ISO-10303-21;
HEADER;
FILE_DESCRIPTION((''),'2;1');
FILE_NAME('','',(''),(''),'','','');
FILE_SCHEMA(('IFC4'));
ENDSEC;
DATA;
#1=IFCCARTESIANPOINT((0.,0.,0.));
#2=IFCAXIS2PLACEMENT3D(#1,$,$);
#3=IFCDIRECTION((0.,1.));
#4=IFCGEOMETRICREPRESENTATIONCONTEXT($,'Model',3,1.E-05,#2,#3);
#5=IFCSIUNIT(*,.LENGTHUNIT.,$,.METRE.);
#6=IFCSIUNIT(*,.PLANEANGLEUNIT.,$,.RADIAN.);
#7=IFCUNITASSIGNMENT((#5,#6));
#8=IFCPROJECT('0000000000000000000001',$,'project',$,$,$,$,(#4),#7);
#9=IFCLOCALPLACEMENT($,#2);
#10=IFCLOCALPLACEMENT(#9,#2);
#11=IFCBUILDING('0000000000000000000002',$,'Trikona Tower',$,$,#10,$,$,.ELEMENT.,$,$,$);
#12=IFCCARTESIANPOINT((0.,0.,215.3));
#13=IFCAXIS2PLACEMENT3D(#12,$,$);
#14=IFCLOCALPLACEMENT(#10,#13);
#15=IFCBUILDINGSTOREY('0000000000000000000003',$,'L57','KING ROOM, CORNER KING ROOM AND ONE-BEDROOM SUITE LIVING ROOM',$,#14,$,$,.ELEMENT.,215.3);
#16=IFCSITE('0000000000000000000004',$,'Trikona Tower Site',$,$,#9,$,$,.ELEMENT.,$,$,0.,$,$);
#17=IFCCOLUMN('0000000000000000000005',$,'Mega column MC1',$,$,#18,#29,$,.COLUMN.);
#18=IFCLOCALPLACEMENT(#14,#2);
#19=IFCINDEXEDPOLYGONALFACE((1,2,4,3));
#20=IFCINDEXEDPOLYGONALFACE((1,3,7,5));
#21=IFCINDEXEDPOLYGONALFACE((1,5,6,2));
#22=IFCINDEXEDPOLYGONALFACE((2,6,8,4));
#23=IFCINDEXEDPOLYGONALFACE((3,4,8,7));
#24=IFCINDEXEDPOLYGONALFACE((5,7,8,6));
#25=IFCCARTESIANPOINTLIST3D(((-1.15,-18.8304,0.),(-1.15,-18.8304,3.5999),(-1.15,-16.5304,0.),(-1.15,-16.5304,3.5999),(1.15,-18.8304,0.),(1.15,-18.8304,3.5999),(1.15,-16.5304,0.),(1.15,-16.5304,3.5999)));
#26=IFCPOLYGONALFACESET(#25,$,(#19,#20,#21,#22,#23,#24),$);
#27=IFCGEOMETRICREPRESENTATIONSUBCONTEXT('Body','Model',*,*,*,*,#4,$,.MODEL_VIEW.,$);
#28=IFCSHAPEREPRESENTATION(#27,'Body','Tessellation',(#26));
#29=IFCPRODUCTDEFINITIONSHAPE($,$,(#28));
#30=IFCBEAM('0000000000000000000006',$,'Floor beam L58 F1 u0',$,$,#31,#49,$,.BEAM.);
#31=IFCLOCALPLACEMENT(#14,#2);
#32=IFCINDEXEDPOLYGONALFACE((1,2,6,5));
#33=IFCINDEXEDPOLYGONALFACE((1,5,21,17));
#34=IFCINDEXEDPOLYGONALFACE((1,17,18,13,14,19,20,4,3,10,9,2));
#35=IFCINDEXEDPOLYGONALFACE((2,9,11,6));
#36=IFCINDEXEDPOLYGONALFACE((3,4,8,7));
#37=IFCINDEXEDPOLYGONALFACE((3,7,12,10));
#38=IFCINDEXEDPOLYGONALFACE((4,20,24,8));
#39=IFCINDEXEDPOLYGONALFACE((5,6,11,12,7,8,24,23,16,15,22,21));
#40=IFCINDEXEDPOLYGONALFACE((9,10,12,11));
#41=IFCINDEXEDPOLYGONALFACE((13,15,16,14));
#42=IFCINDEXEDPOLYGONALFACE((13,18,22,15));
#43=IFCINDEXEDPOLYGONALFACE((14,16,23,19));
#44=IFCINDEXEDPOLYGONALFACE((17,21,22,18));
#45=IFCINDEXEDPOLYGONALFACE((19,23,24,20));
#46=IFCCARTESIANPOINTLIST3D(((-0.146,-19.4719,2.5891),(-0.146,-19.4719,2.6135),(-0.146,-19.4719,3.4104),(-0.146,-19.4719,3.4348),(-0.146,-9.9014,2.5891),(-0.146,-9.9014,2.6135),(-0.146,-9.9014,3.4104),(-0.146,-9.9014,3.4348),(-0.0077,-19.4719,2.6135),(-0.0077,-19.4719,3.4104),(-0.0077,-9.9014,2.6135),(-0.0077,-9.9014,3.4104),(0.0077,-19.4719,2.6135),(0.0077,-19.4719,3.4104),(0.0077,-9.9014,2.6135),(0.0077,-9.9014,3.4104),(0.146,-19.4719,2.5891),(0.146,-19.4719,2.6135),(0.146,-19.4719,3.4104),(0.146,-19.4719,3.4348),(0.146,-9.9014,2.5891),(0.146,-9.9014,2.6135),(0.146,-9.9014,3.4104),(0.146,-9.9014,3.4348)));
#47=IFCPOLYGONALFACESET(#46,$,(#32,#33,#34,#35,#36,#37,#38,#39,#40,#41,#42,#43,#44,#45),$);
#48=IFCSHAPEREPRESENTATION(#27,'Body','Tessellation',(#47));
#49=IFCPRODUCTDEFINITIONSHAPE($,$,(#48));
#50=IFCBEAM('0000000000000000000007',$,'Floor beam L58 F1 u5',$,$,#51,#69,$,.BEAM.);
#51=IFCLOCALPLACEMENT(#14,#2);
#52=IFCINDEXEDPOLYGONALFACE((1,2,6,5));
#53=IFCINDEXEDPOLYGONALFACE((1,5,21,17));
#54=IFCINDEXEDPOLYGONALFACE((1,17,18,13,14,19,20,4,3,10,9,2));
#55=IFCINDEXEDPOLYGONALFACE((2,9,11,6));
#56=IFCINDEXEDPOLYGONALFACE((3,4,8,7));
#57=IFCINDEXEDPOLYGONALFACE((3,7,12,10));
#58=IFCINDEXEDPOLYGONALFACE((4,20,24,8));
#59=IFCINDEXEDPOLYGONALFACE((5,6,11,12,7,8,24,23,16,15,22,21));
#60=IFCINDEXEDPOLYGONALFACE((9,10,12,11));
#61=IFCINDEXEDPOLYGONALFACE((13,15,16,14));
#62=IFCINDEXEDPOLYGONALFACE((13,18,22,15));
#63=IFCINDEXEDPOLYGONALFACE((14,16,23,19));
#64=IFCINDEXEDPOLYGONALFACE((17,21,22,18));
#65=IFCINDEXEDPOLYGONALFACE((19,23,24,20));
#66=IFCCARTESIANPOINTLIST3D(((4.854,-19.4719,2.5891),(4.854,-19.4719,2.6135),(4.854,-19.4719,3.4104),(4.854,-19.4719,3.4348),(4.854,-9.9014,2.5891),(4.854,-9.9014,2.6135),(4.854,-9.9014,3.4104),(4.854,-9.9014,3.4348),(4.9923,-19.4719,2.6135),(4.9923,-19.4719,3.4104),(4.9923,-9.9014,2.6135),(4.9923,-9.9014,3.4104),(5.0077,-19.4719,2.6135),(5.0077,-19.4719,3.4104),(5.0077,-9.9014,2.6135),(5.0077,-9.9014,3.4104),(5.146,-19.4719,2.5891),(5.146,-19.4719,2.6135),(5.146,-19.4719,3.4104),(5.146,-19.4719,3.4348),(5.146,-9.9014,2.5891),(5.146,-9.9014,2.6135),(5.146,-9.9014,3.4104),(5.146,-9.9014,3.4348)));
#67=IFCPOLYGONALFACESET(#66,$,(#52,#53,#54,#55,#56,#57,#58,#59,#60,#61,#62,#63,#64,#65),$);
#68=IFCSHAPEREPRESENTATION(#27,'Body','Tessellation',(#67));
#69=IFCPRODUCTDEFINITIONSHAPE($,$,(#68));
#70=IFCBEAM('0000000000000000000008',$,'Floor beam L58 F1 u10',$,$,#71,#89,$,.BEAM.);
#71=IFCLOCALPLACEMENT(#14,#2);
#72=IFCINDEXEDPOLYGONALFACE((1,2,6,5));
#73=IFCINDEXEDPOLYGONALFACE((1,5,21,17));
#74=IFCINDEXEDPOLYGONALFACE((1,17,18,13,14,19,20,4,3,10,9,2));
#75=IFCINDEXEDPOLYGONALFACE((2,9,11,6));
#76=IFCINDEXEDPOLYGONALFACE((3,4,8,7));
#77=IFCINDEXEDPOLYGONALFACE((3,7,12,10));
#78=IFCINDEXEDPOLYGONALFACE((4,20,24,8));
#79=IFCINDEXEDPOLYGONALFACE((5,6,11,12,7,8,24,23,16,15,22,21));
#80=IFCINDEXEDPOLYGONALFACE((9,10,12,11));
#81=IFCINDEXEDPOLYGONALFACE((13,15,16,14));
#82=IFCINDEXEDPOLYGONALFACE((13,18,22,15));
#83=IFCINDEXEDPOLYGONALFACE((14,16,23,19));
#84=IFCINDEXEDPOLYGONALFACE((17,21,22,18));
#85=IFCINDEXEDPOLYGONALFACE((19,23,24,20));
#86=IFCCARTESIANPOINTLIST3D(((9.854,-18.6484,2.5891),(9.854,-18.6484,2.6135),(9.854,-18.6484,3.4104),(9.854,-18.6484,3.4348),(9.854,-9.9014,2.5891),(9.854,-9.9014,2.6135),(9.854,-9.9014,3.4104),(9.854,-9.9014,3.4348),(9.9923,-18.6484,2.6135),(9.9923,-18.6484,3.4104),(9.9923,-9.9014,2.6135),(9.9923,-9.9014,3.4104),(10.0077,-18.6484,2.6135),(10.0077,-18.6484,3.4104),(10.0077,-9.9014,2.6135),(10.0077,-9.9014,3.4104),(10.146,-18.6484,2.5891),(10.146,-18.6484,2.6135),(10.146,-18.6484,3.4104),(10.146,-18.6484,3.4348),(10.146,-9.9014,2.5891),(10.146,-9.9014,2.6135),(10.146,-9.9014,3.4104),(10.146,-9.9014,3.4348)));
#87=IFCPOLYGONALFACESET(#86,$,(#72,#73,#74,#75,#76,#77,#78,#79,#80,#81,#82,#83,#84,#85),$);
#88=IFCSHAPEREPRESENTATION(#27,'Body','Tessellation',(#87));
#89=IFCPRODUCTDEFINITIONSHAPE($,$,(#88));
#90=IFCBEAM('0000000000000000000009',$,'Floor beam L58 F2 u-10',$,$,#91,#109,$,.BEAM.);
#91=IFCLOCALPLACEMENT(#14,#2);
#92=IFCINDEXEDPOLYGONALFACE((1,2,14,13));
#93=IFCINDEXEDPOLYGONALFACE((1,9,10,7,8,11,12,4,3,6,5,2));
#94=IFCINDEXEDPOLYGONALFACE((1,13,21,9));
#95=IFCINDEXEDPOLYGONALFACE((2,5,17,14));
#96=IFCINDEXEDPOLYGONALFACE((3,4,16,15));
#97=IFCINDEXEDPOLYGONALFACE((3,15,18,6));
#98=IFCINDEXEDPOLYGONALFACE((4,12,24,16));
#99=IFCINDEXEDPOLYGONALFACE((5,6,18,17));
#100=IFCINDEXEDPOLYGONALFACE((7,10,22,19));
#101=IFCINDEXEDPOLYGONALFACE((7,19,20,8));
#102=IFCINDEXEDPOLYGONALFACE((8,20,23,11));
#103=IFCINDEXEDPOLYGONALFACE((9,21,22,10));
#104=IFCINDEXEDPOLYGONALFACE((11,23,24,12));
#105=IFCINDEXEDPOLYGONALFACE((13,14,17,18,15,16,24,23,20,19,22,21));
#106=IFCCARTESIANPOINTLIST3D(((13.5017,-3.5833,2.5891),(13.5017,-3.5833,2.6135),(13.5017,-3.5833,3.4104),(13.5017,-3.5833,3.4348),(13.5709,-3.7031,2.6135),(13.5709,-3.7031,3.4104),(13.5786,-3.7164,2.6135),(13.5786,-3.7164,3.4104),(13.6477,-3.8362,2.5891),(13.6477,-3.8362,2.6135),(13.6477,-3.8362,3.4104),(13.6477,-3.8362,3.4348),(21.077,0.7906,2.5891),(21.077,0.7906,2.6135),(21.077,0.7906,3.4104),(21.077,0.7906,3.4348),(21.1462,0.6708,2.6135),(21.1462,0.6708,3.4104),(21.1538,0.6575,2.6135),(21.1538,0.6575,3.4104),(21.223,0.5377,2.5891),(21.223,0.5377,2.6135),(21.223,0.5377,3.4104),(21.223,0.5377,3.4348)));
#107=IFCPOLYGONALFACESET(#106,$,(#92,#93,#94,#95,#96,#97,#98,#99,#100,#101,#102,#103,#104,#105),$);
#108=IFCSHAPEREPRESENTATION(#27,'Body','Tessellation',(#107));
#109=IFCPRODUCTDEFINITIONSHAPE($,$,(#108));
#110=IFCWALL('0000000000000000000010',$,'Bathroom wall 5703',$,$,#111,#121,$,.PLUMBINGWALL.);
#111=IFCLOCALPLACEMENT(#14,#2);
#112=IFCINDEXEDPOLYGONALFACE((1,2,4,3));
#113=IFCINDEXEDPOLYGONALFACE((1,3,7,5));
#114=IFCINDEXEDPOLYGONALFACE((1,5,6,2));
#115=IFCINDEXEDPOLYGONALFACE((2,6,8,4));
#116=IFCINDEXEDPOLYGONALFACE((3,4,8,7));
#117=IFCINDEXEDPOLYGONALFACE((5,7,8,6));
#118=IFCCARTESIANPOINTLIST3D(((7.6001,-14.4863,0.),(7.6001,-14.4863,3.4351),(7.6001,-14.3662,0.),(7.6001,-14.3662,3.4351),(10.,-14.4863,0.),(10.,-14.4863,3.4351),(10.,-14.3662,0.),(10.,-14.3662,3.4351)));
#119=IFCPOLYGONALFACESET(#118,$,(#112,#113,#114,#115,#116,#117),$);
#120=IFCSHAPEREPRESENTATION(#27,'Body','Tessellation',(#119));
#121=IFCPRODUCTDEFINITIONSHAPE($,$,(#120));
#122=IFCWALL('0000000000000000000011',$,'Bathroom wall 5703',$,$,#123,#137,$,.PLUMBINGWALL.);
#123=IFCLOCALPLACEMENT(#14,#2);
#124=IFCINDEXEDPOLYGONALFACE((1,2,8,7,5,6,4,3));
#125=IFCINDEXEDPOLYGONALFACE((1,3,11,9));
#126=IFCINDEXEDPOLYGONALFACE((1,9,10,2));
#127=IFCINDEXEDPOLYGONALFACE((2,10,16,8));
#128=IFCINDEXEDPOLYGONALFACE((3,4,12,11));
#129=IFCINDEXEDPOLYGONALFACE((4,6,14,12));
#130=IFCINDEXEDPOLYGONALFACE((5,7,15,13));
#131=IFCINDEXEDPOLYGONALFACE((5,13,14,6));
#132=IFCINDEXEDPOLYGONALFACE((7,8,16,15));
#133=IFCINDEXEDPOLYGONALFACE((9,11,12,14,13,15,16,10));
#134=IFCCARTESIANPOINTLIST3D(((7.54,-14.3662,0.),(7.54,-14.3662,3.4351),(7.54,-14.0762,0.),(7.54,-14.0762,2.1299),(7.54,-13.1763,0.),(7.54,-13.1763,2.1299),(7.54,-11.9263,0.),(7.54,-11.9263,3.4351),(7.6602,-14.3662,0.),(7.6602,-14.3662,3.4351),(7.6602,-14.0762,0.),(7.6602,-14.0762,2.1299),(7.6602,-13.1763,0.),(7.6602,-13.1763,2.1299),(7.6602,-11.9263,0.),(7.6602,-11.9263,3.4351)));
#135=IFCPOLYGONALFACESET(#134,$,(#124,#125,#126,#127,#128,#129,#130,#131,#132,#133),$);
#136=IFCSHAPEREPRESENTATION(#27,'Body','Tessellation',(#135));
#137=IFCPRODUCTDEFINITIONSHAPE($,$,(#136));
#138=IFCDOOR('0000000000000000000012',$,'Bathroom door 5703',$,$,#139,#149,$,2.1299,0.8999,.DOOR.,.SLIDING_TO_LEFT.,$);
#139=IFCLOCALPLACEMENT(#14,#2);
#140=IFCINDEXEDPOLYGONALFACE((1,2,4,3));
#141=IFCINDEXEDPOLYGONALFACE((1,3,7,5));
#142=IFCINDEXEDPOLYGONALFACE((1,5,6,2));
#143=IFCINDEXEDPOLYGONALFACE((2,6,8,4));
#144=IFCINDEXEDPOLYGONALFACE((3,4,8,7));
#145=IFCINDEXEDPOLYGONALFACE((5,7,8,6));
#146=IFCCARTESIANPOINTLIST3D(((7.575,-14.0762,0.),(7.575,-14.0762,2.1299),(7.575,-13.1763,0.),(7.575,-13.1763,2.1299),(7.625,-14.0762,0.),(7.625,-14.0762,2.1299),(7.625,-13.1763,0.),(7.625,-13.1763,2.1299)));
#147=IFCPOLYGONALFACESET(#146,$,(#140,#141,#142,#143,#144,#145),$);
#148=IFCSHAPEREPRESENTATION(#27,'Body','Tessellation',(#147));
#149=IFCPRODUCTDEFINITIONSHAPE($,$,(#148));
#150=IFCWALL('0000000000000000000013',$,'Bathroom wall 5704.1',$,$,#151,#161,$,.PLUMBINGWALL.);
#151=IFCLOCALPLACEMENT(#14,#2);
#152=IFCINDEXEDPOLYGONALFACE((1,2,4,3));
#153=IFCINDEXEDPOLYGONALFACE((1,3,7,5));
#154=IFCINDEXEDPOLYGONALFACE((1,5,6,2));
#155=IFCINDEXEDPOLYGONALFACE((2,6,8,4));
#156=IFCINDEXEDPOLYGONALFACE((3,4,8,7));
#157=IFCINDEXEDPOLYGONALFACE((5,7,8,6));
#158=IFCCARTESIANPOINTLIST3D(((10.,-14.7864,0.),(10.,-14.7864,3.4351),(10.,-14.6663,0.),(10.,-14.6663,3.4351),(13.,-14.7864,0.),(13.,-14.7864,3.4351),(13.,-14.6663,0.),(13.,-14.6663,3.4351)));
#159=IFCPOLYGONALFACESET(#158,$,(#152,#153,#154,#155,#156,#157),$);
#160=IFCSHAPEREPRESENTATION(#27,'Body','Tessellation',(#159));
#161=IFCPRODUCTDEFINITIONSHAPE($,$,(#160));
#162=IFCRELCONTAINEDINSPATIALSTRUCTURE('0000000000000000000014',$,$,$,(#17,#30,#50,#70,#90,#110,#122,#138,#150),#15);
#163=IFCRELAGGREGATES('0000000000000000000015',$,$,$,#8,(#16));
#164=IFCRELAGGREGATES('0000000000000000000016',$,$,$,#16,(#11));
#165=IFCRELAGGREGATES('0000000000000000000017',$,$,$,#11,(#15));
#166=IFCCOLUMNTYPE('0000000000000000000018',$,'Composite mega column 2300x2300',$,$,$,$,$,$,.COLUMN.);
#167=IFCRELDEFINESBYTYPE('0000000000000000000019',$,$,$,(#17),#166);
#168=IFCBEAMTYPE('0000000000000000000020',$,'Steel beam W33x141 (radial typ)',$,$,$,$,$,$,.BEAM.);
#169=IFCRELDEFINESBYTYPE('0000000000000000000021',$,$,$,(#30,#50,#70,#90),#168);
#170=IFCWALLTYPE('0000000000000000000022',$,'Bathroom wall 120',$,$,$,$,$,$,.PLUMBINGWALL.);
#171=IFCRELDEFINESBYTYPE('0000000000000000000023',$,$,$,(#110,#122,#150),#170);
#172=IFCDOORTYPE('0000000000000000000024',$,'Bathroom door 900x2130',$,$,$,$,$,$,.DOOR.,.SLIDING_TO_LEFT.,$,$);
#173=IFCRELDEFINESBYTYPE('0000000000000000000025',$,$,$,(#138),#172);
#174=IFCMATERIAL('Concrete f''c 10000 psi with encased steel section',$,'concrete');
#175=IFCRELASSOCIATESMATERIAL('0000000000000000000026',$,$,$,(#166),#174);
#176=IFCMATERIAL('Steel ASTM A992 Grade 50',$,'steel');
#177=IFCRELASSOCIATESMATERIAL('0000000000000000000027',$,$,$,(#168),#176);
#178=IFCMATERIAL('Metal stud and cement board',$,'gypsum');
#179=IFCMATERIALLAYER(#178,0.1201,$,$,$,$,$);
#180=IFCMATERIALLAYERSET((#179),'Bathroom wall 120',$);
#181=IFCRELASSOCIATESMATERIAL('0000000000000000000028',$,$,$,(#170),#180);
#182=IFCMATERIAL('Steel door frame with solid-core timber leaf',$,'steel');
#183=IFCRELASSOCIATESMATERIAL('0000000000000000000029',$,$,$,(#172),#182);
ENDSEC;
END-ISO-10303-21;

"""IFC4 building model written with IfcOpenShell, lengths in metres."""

from ifc_helpers import new_model, si_unit, direction, frame, frame_2d, origin, origin_2d, place, context, subcontext, project, spatial, rectangle, i_section, extrude, material, layer, layer_set, material_profile, profile_set, type_object, element, fill, save


model = new_model("IFC4")

# Units and contexts
model_context = context("Model", 3, precision=1e-05, world=origin(), true_north=direction((0.0, 1.0)))
body_context = subcontext(model_context, "Body", "Model", "MODEL_VIEW")
ifc_project = project(units=[si_unit("LENGTHUNIT", "METRE"), si_unit("PLANEANGLEUNIT", "RADIAN")], contexts=[model_context])

# Site, building, storey
site_placement = place(None, origin())
site = spatial("IfcSite", under=ifc_project, at=site_placement, Name="Trikona Tower Site", CompositionType="ELEMENT", RefElevation=0.0)
building_placement = place(site_placement, origin())
building = spatial("IfcBuilding", under=site, at=building_placement, Name="Trikona Tower", CompositionType="ELEMENT")
storey_placement = place(building_placement, frame((0.0, 0.0, 215.3)))
storey = spatial("IfcBuildingStorey", under=building, at=storey_placement, Name="L57", Description="KING ROOM, CORNER KING ROOM AND ONE-BEDROOM SUITE LIVING ROOM", CompositionType="ELEMENT", Elevation=215.3)

# Column
ifc_material_1 = material(Name="Concrete f'c 10000 psi with encased steel section", Category="concrete")
ifc_material_profile_1 = material_profile(ifc_material_1, rectangle(XDim=2.3, YDim=2.3, at=origin_2d()), Name="MC2300")
ifc_profile_set_1 = profile_set([ifc_material_profile_1], Name="Concrete f'c 10000 psi with encased steel section")
column_type = type_object("IfcColumnType", Name="Composite mega column 2300x2300", PredefinedType="COLUMN", material=ifc_profile_set_1)
column_placement = place(storey_placement, frame((0.0, -17.6804, 0.0), z_axis=(0.0, 0.0, 1.0), x_axis=(0.0, -1.0, 0.0)))
element("IfcColumn", 1, at=column_placement, inside=storey, type_object=column_type, Name="Mega column MC1", PredefinedType="COLUMN", context=body_context, shape_type="SweptSolid", body=[
    extrude(rectangle(XDim=2.3, YDim=2.3, at=origin_2d()), origin(), (0.0, 0.0, 1.0), 3.5999),
])

# Beams
ifc_material_2 = material(Name="Steel ASTM A992 Grade 50", Category="steel")
ifc_material_profile_2 = material_profile(ifc_material_2, i_section(OverallWidth=0.292, OverallDepth=0.8457, WebThickness=0.0154, FlangeThickness=0.0244, at=origin_2d()), Name="W33X141")
ifc_profile_set_2 = profile_set([ifc_material_profile_2], Name="Steel ASTM A992 Grade 50")
beam_type = type_object("IfcBeamType", Name="Steel beam W33x141 (radial typ)", PredefinedType="BEAM", material=ifc_profile_set_2)
for number, where, z_axis, x_axis, name in (
    (2, (0.0, -9.9014, 3.012), (0.0, -1.0, 0.0), (1.0, 0.0, 0.0), "Floor beam L58 F1 u0"),
    (3, (5.0, -9.9014, 3.012), (0.0, -1.0, 0.0), (1.0, 0.0, 0.0), "Floor beam L58 F1 u5"),
):
    element("IfcBeam", number, at=place(storey_placement, frame(where, z_axis=z_axis, x_axis=x_axis)), inside=storey, type_object=beam_type, Name=name, PredefinedType="BEAM", context=body_context, shape_type="SweptSolid", body=[
        extrude(i_section(OverallWidth=0.292, OverallDepth=0.8457, WebThickness=0.0154, FlangeThickness=0.0244, at=origin_2d()), origin(), (0.0, 0.0, 1.0), 9.5706),
    ])
beam_1_placement = place(storey_placement, frame((10.0, -9.9014, 3.012), z_axis=(0.0, -1.0, 0.0), x_axis=(1.0, 0.0, 0.0)))
element("IfcBeam", 4, at=beam_1_placement, inside=storey, type_object=beam_type, Name="Floor beam L58 F1 u10", PredefinedType="BEAM", context=body_context, shape_type="SweptSolid", body=[
    extrude(i_section(OverallWidth=0.292, OverallDepth=0.8457, WebThickness=0.0154, FlangeThickness=0.0244, at=origin_2d()), origin(), (0.0, 0.0, 1.0), 8.7471),
])
beam_2_placement = place(storey_placement, frame((13.5747, -3.7097, 3.012), z_axis=(0.866014, 0.50002, 0.0), x_axis=(-0.50002, 0.866014, 0.0)))
element("IfcBeam", 5, at=beam_2_placement, inside=storey, type_object=beam_type, Name="Floor beam L58 F2 u-10", PredefinedType="BEAM", context=body_context, shape_type="SweptSolid", body=[
    extrude(i_section(OverallWidth=0.292, OverallDepth=0.8457, WebThickness=0.0154, FlangeThickness=0.0244, at=origin_2d()), origin(), (0.0, 0.0, 1.0), 8.7473),
])

# Wall
ifc_material_3 = material(Name="Metal stud and cement board", Category="gypsum")
ifc_layer_1 = layer(ifc_material_3, 0.1201)
ifc_layer_set_1 = layer_set([ifc_layer_1], Name="Bathroom wall 120")
wall_type_1 = type_object("IfcWallType", Name="Bathroom wall 120", PredefinedType="PLUMBINGWALL", material=ifc_layer_set_1)
wall_1_placement = place(storey_placement, frame((7.6001, -14.4263, 0.0), z_axis=(0.0, 0.0, 1.0), x_axis=(1.0, 0.0, 0.0)))
element("IfcWall", 6, at=wall_1_placement, inside=storey, type_object=wall_type_1, Name="Bathroom wall 5703", PredefinedType="PLUMBINGWALL", context=body_context, shape_type="SweptSolid", body=[
    extrude(rectangle(XDim=2.3999, YDim=0.1201, at=frame_2d((1.2, 0.0))), origin(), (0.0, 0.0, 1.0), 3.4351),
])

# Wall, opening, door
wall_2_placement = place(storey_placement, frame((7.6001, -11.9263, 0.0), z_axis=(0.0, 0.0, 1.0), x_axis=(0.0, -1.0, 0.0)))
wall_2 = element("IfcWall", 7, at=wall_2_placement, inside=storey, type_object=wall_type_1, Name="Bathroom wall 5703", PredefinedType="PLUMBINGWALL", context=body_context, shape_type="SweptSolid", body=[
    extrude(rectangle(XDim=2.4399, YDim=0.1201, at=frame_2d((1.22, 0.0))), origin(), (0.0, 0.0, 1.0), 3.4351),
])
opening_1_placement = place(wall_2_placement, frame((1.25, 0.0, 0.0)))
opening_1 = element("IfcOpeningElement", 8, at=opening_1_placement, cuts=wall_2, PredefinedType="OPENING", context=body_context, shape_type="SweptSolid", body=[
    extrude(rectangle(XDim=0.8999, YDim=2.1299, at=frame_2d((0.45, 1.0649))), frame((0.0, 0.0701, 0.0), z_axis=(0.0, -1.0, 0.0), x_axis=(1.0, 0.0, 0.0)), (0.0, 0.0, 1.0), 0.1401),
])
ifc_material_4 = material(Name="Steel door frame with solid-core timber leaf", Category="steel")
door_type_1 = type_object("IfcDoorType", Name="Bathroom door 900x2130", OperationType="SLIDING_TO_LEFT", PredefinedType="DOOR", material=ifc_material_4)
door_1_placement = place(opening_1_placement, origin())
door_1 = element("IfcDoor", 9, at=door_1_placement, inside=storey, type_object=door_type_1, Name="Bathroom door 5703", OperationType="SLIDING_TO_LEFT", OverallHeight=2.1299, OverallWidth=0.8999, PredefinedType="DOOR", context=body_context, shape_type="SweptSolid", body=[
    extrude(rectangle(XDim=0.8999, YDim=2.1299, at=frame_2d((0.45, 1.0649))), frame((0.0, 0.0249, 0.0), z_axis=(0.0, -1.0, 0.0), x_axis=(1.0, 0.0, 0.0)), (0.0, 0.0, 1.0), 0.05),
])
fill(opening_1, door_1)

# Wall
wall_3_placement = place(storey_placement, frame((10.0, -14.7263, 0.0), z_axis=(0.0, 0.0, 1.0), x_axis=(1.0, 0.0, 0.0)))
element("IfcWall", 10, at=wall_3_placement, inside=storey, type_object=wall_type_1, Name="Bathroom wall 5704.1", PredefinedType="PLUMBINGWALL", context=body_context, shape_type="SweptSolid", body=[
    extrude(rectangle(XDim=3.0, YDim=0.1201, at=frame_2d((1.5, 0.0))), origin(), (0.0, 0.0, 1.0), 3.4351),
])

save(model, "model.ifc")
